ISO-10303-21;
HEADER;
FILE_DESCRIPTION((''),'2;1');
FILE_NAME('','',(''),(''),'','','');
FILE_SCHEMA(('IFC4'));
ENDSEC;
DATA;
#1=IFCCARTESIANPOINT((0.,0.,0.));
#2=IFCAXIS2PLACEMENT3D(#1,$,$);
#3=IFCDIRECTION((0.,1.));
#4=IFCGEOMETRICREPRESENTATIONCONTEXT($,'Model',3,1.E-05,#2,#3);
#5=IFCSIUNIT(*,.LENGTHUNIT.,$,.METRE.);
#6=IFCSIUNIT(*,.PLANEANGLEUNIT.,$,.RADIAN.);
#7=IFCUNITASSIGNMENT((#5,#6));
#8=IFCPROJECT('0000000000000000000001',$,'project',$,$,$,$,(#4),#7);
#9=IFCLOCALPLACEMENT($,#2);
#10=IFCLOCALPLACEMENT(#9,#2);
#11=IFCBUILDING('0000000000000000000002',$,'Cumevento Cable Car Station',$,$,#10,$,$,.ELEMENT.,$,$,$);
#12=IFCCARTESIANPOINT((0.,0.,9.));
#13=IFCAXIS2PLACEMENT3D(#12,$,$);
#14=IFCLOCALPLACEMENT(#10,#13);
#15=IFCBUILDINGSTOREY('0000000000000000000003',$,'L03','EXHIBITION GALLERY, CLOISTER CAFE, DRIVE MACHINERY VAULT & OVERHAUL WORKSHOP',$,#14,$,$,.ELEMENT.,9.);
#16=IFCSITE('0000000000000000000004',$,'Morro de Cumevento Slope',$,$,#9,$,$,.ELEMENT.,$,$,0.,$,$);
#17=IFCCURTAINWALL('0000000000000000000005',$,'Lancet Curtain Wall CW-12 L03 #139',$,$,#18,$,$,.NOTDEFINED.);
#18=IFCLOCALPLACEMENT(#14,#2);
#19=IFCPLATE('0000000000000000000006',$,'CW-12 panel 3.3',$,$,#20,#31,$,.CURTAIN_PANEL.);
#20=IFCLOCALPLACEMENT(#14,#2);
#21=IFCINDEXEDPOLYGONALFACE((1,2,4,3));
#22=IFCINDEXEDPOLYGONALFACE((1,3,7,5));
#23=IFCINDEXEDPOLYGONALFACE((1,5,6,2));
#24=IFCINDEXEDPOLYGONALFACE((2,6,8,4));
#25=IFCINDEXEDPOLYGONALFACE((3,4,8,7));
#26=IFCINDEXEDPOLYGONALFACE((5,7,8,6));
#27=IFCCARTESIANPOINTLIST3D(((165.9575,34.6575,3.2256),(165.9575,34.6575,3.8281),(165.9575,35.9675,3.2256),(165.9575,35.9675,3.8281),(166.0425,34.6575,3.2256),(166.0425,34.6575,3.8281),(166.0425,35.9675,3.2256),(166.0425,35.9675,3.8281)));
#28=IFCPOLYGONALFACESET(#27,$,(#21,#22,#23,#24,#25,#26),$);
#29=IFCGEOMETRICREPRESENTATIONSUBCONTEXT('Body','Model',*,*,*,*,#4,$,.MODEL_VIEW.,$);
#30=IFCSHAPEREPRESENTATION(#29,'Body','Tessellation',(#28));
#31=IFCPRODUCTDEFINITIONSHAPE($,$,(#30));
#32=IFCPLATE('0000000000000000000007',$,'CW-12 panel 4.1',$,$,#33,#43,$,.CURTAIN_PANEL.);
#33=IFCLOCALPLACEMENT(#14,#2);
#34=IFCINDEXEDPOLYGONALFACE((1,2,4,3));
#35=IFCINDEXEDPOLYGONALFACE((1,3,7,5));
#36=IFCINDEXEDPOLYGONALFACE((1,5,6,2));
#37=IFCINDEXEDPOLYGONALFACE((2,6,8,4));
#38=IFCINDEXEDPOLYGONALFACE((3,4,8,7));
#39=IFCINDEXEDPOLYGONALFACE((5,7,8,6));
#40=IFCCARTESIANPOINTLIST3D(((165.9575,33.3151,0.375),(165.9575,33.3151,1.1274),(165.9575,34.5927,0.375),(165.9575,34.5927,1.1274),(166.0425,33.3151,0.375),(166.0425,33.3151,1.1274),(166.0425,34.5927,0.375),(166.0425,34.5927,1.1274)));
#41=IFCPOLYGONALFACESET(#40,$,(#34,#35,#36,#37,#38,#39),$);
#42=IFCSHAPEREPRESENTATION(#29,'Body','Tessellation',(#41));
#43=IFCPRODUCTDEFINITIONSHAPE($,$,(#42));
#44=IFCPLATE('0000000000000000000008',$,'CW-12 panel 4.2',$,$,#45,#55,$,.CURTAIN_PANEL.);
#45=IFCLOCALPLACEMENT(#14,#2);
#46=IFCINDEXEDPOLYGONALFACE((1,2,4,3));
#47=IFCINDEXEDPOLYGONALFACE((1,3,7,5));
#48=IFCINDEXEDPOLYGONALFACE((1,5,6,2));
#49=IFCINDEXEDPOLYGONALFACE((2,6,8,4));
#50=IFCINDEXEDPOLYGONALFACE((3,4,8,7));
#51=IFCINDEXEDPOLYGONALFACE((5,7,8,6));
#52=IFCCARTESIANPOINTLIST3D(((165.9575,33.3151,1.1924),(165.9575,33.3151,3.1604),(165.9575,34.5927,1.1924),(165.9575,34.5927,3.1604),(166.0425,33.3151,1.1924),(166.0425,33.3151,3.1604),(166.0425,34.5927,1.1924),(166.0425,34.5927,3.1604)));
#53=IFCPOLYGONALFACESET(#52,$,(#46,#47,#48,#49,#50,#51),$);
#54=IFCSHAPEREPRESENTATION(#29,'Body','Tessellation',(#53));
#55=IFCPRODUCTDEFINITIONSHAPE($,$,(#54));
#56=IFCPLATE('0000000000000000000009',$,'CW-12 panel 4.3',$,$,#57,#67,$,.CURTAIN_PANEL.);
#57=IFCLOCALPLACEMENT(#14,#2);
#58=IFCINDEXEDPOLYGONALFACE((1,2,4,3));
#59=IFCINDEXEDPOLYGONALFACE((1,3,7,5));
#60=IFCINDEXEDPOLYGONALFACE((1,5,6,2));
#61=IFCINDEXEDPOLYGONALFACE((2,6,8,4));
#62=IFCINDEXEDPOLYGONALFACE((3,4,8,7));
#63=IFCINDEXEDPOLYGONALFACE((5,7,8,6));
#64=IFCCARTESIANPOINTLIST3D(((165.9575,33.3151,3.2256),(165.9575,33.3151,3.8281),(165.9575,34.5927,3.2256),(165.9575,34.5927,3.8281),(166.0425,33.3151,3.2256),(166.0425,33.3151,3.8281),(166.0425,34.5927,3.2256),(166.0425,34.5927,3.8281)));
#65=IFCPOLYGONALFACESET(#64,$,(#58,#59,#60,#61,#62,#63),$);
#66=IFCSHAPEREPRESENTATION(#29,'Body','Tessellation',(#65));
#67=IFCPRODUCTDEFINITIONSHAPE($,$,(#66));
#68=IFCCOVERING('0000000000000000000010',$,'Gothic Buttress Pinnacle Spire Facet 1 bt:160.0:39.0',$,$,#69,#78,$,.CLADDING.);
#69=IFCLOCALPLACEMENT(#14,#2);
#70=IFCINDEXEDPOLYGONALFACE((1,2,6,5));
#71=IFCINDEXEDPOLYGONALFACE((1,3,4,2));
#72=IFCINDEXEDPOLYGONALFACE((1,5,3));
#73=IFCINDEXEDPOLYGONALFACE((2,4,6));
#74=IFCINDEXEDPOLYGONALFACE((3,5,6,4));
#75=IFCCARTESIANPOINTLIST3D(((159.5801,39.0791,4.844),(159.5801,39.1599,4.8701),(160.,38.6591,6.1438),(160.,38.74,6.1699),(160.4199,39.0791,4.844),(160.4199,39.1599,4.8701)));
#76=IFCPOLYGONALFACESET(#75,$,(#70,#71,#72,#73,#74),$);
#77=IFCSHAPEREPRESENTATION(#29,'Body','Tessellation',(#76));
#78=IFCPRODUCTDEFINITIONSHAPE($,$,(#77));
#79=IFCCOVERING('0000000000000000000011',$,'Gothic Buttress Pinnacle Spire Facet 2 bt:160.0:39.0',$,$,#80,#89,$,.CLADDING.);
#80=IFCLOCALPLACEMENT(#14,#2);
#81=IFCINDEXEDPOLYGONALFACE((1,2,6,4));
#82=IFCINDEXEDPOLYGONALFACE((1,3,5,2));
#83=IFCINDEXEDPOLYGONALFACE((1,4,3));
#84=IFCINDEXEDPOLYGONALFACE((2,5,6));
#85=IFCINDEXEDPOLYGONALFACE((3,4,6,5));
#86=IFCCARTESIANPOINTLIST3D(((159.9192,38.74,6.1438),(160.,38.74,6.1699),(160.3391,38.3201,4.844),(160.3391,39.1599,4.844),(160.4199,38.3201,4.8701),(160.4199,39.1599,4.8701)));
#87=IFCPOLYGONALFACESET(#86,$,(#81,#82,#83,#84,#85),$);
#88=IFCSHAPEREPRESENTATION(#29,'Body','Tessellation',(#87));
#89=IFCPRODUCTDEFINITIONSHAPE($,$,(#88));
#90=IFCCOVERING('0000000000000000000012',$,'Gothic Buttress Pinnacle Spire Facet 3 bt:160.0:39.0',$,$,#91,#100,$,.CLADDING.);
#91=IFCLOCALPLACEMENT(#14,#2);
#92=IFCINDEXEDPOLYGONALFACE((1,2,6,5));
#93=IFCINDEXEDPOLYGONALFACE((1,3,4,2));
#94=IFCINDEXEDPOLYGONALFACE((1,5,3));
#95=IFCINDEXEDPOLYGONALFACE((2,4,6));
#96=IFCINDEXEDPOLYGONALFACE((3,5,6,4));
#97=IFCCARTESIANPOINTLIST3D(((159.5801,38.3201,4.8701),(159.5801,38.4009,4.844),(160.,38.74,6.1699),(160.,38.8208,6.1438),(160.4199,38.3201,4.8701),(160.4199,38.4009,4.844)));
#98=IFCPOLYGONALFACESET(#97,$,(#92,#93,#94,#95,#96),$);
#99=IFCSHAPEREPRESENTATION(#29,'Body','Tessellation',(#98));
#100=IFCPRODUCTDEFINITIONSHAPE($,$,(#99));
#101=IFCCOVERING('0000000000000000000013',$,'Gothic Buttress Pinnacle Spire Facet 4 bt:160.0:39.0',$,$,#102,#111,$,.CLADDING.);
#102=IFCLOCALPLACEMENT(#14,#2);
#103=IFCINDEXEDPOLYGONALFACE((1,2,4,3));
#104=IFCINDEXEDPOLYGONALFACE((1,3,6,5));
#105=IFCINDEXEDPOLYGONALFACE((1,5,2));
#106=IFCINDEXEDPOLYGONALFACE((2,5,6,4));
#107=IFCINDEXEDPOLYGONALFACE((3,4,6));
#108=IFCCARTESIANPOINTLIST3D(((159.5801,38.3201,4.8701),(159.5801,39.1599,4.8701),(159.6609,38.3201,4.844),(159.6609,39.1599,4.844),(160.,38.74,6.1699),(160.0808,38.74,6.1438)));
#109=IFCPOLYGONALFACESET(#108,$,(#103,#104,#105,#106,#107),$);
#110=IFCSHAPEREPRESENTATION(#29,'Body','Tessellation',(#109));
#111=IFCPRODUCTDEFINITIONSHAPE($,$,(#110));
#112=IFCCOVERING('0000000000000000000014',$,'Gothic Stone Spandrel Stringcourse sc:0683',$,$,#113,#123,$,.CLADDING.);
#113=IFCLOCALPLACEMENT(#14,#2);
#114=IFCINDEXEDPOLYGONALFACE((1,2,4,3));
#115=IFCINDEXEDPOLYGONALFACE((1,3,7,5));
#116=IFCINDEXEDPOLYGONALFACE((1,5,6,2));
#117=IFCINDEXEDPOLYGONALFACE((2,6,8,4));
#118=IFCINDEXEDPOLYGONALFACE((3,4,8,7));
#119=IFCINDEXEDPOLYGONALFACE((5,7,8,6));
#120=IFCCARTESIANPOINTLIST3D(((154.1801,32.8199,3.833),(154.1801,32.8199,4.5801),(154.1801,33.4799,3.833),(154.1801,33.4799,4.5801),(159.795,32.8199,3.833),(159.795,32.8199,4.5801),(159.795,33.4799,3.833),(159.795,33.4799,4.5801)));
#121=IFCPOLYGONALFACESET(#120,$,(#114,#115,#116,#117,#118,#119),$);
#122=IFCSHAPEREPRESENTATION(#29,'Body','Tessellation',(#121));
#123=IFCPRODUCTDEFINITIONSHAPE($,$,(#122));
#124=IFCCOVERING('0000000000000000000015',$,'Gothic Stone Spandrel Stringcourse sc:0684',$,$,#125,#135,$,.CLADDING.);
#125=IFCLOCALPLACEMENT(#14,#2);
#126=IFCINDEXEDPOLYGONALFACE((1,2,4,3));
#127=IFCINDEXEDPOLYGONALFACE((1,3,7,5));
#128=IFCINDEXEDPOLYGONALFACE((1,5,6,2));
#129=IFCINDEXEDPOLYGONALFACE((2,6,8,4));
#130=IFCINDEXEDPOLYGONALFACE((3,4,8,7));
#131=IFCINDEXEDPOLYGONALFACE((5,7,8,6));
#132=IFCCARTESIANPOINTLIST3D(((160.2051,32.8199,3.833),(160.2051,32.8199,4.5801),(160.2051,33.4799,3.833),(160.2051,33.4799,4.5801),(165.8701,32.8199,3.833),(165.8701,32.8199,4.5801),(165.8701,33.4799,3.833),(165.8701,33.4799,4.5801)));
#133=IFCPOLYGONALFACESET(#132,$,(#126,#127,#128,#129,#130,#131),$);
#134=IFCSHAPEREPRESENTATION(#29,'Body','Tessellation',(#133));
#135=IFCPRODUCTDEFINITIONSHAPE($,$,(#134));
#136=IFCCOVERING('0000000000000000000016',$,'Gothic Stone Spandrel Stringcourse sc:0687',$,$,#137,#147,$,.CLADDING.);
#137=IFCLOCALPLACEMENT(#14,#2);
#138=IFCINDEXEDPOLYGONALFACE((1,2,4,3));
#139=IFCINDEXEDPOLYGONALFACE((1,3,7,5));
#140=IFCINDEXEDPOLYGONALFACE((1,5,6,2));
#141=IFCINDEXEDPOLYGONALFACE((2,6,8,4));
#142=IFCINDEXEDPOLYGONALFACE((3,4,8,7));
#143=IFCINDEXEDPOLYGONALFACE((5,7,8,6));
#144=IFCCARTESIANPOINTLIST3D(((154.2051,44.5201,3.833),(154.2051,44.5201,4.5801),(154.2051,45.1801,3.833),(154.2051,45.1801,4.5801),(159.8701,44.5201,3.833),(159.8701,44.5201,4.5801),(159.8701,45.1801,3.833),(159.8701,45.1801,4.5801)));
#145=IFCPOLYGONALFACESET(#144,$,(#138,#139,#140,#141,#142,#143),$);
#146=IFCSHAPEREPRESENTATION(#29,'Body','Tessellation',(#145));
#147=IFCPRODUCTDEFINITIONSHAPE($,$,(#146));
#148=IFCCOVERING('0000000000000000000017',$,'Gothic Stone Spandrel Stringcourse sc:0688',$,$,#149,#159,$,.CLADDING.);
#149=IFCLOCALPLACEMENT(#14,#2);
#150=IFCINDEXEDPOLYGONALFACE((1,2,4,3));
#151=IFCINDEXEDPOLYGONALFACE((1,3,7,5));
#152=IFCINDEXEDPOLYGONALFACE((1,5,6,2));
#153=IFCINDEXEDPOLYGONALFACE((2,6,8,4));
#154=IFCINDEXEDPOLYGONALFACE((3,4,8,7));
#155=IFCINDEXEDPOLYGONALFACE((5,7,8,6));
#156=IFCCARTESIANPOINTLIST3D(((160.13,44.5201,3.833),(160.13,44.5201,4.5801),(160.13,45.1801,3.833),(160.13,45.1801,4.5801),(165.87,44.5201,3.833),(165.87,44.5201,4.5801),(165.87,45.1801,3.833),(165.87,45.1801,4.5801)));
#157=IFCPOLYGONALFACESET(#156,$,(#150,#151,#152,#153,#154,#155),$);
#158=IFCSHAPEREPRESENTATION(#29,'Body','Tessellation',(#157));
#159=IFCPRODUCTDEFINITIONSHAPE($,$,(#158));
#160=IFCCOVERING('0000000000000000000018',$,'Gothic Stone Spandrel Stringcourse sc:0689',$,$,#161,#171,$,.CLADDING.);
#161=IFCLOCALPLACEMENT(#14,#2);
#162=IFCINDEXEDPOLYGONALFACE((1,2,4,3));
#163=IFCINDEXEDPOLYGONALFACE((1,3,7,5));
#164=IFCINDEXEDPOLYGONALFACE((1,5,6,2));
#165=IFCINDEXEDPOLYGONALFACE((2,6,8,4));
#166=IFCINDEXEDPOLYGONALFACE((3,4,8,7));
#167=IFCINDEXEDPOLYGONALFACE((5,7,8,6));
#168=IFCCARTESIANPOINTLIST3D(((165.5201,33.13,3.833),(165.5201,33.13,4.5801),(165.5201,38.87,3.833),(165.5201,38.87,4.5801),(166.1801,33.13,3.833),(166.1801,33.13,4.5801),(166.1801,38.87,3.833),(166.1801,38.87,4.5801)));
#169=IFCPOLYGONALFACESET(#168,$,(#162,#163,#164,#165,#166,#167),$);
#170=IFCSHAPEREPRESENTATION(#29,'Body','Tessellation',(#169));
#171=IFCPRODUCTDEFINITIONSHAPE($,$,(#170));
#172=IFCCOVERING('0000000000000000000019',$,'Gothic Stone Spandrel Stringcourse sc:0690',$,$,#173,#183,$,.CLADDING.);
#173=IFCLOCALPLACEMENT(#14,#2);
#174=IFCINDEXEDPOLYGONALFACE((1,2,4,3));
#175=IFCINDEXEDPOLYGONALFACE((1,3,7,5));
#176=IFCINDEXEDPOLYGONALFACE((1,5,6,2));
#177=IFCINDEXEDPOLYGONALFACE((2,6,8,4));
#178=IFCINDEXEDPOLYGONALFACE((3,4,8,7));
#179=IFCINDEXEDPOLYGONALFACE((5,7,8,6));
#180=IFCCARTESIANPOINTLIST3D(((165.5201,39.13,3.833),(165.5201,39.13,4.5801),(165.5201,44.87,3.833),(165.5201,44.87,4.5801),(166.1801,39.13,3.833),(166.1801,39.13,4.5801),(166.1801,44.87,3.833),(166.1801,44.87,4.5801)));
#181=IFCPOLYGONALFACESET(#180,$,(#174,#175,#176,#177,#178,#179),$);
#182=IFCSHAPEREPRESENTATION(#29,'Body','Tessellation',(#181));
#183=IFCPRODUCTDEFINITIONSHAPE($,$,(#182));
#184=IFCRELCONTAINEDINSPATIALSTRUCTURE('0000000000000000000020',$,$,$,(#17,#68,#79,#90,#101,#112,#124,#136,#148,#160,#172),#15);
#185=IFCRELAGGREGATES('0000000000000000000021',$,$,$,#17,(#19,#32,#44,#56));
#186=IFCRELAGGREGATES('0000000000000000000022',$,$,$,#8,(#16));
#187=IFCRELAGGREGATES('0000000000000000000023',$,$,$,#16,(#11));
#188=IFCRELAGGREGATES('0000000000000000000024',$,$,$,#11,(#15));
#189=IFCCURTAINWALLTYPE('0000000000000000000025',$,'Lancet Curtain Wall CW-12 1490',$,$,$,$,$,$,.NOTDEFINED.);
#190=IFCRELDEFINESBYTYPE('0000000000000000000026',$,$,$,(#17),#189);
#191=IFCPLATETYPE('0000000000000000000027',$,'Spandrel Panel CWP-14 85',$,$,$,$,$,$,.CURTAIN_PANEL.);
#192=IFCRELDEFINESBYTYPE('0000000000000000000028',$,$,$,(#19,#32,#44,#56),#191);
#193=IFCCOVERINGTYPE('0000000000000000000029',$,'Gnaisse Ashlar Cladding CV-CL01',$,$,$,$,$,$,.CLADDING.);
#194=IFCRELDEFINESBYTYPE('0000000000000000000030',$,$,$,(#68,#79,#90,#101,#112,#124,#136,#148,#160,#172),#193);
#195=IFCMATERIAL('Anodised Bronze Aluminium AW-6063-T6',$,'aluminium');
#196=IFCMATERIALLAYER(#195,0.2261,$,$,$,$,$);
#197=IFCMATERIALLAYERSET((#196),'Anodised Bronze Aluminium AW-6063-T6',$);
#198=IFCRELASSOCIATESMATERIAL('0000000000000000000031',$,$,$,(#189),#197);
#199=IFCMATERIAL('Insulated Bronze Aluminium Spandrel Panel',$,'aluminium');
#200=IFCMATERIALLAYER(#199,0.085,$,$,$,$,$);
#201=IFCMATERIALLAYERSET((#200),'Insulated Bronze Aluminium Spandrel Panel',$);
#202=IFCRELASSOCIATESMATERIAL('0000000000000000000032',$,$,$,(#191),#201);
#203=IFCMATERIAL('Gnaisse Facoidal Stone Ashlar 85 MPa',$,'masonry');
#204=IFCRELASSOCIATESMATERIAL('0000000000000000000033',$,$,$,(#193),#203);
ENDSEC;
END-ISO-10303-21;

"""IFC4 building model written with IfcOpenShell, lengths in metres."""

from ifc_helpers import new_model, si_unit, direction, frame, origin, origin_2d, place, context, subcontext, project, spatial, polyline, rectangle, outline, extrude, material, layer, layer_set, type_object, element, aggregate, save


model = new_model("IFC4")

# Units and contexts
model_context = context("Model", 3, precision=1e-05, world=origin(), true_north=direction((0.0, 1.0)))
body_context = subcontext(model_context, "Body", "Model", "MODEL_VIEW")
ifc_project = project(units=[si_unit("LENGTHUNIT", "METRE"), si_unit("PLANEANGLEUNIT", "RADIAN")], contexts=[model_context])

# Site, building, storey
site_placement = place(None, origin())
site = spatial("IfcSite", under=ifc_project, at=site_placement, Name="Morro de Cumevento Slope", CompositionType="ELEMENT", RefElevation=0.0)
building_placement = place(site_placement, origin())
building = spatial("IfcBuilding", under=site, at=building_placement, Name="Cumevento Cable Car Station", CompositionType="ELEMENT")
storey_placement = place(building_placement, frame((0.0, 0.0, 9.0)))
storey = spatial("IfcBuildingStorey", under=building, at=storey_placement, Name="L03", Description="EXHIBITION GALLERY, CLOISTER CAFE, DRIVE MACHINERY VAULT & OVERHAUL WORKSHOP", CompositionType="ELEMENT", Elevation=9.0)

# Curtain wall
ifc_material_1 = material(Name="Anodised Bronze Aluminium AW-6063-T6", Category="aluminium")
ifc_layer_1 = layer(ifc_material_1, 0.2261)
ifc_layer_set_1 = layer_set([ifc_layer_1], Name="Anodised Bronze Aluminium AW-6063-T6")
curtain_wall_type = type_object("IfcCurtainWallType", Name="Lancet Curtain Wall CW-12 1490", PredefinedType="NOTDEFINED", material=ifc_layer_set_1)
curtain_wall_placement = place(storey_placement, origin())
curtain_wall = element("IfcCurtainWall", 1, at=curtain_wall_placement, inside=storey, type_object=curtain_wall_type, Name="Lancet Curtain Wall CW-12 L03 #139", PredefinedType="NOTDEFINED")

# Plates
ifc_material_2 = material(Name="Insulated Bronze Aluminium Spandrel Panel", Category="aluminium")
ifc_layer_2 = layer(ifc_material_2, 0.085)
ifc_layer_set_2 = layer_set([ifc_layer_2], Name="Insulated Bronze Aluminium Spandrel Panel")
plate_type = type_object("IfcPlateType", Name="Spandrel Panel CWP-14 85", PredefinedType="CURTAIN_PANEL", material=ifc_layer_set_2)
plate_1_placement = place(storey_placement, frame((166.0, 35.3125, 3.2256), z_axis=(0.0, 0.0, 1.0), x_axis=(0.0, -1.0, 0.0)))
plate_1 = element("IfcPlate", 2, at=plate_1_placement, type_object=plate_type, Name="CW-12 panel 3.3", PredefinedType="CURTAIN_PANEL", context=body_context, shape_type="SweptSolid", body=[
    extrude(rectangle(XDim=1.3101, YDim=0.085, at=origin_2d()), origin(), (0.0, 0.0, 1.0), 0.6025),
])
plate_2_placement = place(storey_placement, frame((166.0, 33.9539, 0.375), z_axis=(0.0, 0.0, 1.0), x_axis=(0.0, -1.0, 0.0)))
plate_2 = element("IfcPlate", 3, at=plate_2_placement, type_object=plate_type, Name="CW-12 panel 4.1", PredefinedType="CURTAIN_PANEL", context=body_context, shape_type="SweptSolid", body=[
    extrude(rectangle(XDim=1.2776, YDim=0.085, at=origin_2d()), origin(), (0.0, 0.0, 1.0), 0.7524),
])
plate_3_placement = place(storey_placement, frame((166.0, 33.9539, 1.1924), z_axis=(0.0, 0.0, 1.0), x_axis=(0.0, -1.0, 0.0)))
plate_3 = element("IfcPlate", 4, at=plate_3_placement, type_object=plate_type, Name="CW-12 panel 4.2", PredefinedType="CURTAIN_PANEL", context=body_context, shape_type="SweptSolid", body=[
    extrude(rectangle(XDim=1.2776, YDim=0.085, at=origin_2d()), origin(), (0.0, 0.0, 1.0), 1.968),
])
plate_4_placement = place(storey_placement, frame((166.0, 33.9539, 3.2256), z_axis=(0.0, 0.0, 1.0), x_axis=(0.0, -1.0, 0.0)))
plate_4 = element("IfcPlate", 5, at=plate_4_placement, type_object=plate_type, Name="CW-12 panel 4.3", PredefinedType="CURTAIN_PANEL", context=body_context, shape_type="SweptSolid", body=[
    extrude(rectangle(XDim=1.2776, YDim=0.085, at=origin_2d()), origin(), (0.0, 0.0, 1.0), 0.6025),
])
aggregate(curtain_wall, [plate_1, plate_2, plate_3, plate_4])

# Coverings
ifc_material_3 = material(Name="Gnaisse Facoidal Stone Ashlar 85 MPa", Category="masonry")
covering_type = type_object("IfcCoveringType", Name="Gnaisse Ashlar Cladding CV-CL01", PredefinedType="CLADDING", material=ifc_material_3)
for number, where, z_axis, x_axis, name in (
    (6, (159.5801, 39.1599, 4.8701), (0.0, 0.951574, 0.307421), (1.0, 0.0, 0.0), "Gothic Buttress Pinnacle Spire Facet 1 bt:160.0:39.0"),
    (7, (160.4199, 39.1599, 4.8701), (0.951574, 0.0, 0.307421), (0.0, -1.0, 0.0), "Gothic Buttress Pinnacle Spire Facet 2 bt:160.0:39.0"),
    (8, (160.4199, 38.3201, 4.8701), (0.0, -0.951574, 0.307421), (-1.0, 0.0, 0.0), "Gothic Buttress Pinnacle Spire Facet 3 bt:160.0:39.0"),
    (9, (159.5801, 38.3201, 4.8701), (-0.951574, 0.0, 0.307421), (0.0, 1.0, 0.0), "Gothic Buttress Pinnacle Spire Facet 4 bt:160.0:39.0"),
):
    element("IfcCovering", number, at=place(storey_placement, frame(where, z_axis=z_axis, x_axis=x_axis)), inside=storey, type_object=covering_type, Name=name, PredefinedType="CLADDING", context=body_context, shape_type="SweptSolid", body=[
        extrude(outline(polyline([(0.0, 0.0), (0.8398, 0.0), (0.4199, -1.366), (0.0, 0.0)])), origin(), (0.0, 0.0, -1.0), 0.085),
    ])
covering_1_placement = place(storey_placement, frame((156.9875, 33.1499, 3.833), z_axis=(0.0, 0.0, 1.0), x_axis=(-1.0, 0.0, 0.0)))
element("IfcCovering", 10, at=covering_1_placement, inside=storey, type_object=covering_type, Name="Gothic Stone Spandrel Stringcourse sc:0683", PredefinedType="CLADDING", context=body_context, shape_type="SweptSolid", body=[
    extrude(rectangle(XDim=5.615, YDim=0.6599, at=origin_2d()), origin(), (0.0, 0.0, 1.0), 0.7471),
])
for number, where, z_axis, x_axis, name in (
    (11, (163.0376, 33.1499, 3.833), (0.0, 0.0, 1.0), (-1.0, 0.0, 0.0), "Gothic Stone Spandrel Stringcourse sc:0684"),
    (12, (157.0376, 44.8501, 3.833), (0.0, 0.0, 1.0), (1.0, 0.0, 0.0), "Gothic Stone Spandrel Stringcourse sc:0687"),
):
    element("IfcCovering", number, at=place(storey_placement, frame(where, z_axis=z_axis, x_axis=x_axis)), inside=storey, type_object=covering_type, Name=name, PredefinedType="CLADDING", context=body_context, shape_type="SweptSolid", body=[
        extrude(rectangle(XDim=5.665, YDim=0.6599, at=origin_2d()), origin(), (0.0, 0.0, 1.0), 0.7471),
    ])
for number, where, z_axis, x_axis, name in (
    (13, (163.0, 44.8501, 3.833), (0.0, 0.0, 1.0), (1.0, 0.0, 0.0), "Gothic Stone Spandrel Stringcourse sc:0688"),
    (14, (165.8501, 36.0, 3.833), (0.0, 0.0, 1.0), (0.0, -1.0, 0.0), "Gothic Stone Spandrel Stringcourse sc:0689"),
    (15, (165.8501, 42.0, 3.833), (0.0, 0.0, 1.0), (0.0, -1.0, 0.0), "Gothic Stone Spandrel Stringcourse sc:0690"),
):
    element("IfcCovering", number, at=place(storey_placement, frame(where, z_axis=z_axis, x_axis=x_axis)), inside=storey, type_object=covering_type, Name=name, PredefinedType="CLADDING", context=body_context, shape_type="SweptSolid", body=[
        extrude(rectangle(XDim=5.74, YDim=0.6599, at=origin_2d()), origin(), (0.0, 0.0, 1.0), 0.7471),
    ])

save(model, "model.ifc")
